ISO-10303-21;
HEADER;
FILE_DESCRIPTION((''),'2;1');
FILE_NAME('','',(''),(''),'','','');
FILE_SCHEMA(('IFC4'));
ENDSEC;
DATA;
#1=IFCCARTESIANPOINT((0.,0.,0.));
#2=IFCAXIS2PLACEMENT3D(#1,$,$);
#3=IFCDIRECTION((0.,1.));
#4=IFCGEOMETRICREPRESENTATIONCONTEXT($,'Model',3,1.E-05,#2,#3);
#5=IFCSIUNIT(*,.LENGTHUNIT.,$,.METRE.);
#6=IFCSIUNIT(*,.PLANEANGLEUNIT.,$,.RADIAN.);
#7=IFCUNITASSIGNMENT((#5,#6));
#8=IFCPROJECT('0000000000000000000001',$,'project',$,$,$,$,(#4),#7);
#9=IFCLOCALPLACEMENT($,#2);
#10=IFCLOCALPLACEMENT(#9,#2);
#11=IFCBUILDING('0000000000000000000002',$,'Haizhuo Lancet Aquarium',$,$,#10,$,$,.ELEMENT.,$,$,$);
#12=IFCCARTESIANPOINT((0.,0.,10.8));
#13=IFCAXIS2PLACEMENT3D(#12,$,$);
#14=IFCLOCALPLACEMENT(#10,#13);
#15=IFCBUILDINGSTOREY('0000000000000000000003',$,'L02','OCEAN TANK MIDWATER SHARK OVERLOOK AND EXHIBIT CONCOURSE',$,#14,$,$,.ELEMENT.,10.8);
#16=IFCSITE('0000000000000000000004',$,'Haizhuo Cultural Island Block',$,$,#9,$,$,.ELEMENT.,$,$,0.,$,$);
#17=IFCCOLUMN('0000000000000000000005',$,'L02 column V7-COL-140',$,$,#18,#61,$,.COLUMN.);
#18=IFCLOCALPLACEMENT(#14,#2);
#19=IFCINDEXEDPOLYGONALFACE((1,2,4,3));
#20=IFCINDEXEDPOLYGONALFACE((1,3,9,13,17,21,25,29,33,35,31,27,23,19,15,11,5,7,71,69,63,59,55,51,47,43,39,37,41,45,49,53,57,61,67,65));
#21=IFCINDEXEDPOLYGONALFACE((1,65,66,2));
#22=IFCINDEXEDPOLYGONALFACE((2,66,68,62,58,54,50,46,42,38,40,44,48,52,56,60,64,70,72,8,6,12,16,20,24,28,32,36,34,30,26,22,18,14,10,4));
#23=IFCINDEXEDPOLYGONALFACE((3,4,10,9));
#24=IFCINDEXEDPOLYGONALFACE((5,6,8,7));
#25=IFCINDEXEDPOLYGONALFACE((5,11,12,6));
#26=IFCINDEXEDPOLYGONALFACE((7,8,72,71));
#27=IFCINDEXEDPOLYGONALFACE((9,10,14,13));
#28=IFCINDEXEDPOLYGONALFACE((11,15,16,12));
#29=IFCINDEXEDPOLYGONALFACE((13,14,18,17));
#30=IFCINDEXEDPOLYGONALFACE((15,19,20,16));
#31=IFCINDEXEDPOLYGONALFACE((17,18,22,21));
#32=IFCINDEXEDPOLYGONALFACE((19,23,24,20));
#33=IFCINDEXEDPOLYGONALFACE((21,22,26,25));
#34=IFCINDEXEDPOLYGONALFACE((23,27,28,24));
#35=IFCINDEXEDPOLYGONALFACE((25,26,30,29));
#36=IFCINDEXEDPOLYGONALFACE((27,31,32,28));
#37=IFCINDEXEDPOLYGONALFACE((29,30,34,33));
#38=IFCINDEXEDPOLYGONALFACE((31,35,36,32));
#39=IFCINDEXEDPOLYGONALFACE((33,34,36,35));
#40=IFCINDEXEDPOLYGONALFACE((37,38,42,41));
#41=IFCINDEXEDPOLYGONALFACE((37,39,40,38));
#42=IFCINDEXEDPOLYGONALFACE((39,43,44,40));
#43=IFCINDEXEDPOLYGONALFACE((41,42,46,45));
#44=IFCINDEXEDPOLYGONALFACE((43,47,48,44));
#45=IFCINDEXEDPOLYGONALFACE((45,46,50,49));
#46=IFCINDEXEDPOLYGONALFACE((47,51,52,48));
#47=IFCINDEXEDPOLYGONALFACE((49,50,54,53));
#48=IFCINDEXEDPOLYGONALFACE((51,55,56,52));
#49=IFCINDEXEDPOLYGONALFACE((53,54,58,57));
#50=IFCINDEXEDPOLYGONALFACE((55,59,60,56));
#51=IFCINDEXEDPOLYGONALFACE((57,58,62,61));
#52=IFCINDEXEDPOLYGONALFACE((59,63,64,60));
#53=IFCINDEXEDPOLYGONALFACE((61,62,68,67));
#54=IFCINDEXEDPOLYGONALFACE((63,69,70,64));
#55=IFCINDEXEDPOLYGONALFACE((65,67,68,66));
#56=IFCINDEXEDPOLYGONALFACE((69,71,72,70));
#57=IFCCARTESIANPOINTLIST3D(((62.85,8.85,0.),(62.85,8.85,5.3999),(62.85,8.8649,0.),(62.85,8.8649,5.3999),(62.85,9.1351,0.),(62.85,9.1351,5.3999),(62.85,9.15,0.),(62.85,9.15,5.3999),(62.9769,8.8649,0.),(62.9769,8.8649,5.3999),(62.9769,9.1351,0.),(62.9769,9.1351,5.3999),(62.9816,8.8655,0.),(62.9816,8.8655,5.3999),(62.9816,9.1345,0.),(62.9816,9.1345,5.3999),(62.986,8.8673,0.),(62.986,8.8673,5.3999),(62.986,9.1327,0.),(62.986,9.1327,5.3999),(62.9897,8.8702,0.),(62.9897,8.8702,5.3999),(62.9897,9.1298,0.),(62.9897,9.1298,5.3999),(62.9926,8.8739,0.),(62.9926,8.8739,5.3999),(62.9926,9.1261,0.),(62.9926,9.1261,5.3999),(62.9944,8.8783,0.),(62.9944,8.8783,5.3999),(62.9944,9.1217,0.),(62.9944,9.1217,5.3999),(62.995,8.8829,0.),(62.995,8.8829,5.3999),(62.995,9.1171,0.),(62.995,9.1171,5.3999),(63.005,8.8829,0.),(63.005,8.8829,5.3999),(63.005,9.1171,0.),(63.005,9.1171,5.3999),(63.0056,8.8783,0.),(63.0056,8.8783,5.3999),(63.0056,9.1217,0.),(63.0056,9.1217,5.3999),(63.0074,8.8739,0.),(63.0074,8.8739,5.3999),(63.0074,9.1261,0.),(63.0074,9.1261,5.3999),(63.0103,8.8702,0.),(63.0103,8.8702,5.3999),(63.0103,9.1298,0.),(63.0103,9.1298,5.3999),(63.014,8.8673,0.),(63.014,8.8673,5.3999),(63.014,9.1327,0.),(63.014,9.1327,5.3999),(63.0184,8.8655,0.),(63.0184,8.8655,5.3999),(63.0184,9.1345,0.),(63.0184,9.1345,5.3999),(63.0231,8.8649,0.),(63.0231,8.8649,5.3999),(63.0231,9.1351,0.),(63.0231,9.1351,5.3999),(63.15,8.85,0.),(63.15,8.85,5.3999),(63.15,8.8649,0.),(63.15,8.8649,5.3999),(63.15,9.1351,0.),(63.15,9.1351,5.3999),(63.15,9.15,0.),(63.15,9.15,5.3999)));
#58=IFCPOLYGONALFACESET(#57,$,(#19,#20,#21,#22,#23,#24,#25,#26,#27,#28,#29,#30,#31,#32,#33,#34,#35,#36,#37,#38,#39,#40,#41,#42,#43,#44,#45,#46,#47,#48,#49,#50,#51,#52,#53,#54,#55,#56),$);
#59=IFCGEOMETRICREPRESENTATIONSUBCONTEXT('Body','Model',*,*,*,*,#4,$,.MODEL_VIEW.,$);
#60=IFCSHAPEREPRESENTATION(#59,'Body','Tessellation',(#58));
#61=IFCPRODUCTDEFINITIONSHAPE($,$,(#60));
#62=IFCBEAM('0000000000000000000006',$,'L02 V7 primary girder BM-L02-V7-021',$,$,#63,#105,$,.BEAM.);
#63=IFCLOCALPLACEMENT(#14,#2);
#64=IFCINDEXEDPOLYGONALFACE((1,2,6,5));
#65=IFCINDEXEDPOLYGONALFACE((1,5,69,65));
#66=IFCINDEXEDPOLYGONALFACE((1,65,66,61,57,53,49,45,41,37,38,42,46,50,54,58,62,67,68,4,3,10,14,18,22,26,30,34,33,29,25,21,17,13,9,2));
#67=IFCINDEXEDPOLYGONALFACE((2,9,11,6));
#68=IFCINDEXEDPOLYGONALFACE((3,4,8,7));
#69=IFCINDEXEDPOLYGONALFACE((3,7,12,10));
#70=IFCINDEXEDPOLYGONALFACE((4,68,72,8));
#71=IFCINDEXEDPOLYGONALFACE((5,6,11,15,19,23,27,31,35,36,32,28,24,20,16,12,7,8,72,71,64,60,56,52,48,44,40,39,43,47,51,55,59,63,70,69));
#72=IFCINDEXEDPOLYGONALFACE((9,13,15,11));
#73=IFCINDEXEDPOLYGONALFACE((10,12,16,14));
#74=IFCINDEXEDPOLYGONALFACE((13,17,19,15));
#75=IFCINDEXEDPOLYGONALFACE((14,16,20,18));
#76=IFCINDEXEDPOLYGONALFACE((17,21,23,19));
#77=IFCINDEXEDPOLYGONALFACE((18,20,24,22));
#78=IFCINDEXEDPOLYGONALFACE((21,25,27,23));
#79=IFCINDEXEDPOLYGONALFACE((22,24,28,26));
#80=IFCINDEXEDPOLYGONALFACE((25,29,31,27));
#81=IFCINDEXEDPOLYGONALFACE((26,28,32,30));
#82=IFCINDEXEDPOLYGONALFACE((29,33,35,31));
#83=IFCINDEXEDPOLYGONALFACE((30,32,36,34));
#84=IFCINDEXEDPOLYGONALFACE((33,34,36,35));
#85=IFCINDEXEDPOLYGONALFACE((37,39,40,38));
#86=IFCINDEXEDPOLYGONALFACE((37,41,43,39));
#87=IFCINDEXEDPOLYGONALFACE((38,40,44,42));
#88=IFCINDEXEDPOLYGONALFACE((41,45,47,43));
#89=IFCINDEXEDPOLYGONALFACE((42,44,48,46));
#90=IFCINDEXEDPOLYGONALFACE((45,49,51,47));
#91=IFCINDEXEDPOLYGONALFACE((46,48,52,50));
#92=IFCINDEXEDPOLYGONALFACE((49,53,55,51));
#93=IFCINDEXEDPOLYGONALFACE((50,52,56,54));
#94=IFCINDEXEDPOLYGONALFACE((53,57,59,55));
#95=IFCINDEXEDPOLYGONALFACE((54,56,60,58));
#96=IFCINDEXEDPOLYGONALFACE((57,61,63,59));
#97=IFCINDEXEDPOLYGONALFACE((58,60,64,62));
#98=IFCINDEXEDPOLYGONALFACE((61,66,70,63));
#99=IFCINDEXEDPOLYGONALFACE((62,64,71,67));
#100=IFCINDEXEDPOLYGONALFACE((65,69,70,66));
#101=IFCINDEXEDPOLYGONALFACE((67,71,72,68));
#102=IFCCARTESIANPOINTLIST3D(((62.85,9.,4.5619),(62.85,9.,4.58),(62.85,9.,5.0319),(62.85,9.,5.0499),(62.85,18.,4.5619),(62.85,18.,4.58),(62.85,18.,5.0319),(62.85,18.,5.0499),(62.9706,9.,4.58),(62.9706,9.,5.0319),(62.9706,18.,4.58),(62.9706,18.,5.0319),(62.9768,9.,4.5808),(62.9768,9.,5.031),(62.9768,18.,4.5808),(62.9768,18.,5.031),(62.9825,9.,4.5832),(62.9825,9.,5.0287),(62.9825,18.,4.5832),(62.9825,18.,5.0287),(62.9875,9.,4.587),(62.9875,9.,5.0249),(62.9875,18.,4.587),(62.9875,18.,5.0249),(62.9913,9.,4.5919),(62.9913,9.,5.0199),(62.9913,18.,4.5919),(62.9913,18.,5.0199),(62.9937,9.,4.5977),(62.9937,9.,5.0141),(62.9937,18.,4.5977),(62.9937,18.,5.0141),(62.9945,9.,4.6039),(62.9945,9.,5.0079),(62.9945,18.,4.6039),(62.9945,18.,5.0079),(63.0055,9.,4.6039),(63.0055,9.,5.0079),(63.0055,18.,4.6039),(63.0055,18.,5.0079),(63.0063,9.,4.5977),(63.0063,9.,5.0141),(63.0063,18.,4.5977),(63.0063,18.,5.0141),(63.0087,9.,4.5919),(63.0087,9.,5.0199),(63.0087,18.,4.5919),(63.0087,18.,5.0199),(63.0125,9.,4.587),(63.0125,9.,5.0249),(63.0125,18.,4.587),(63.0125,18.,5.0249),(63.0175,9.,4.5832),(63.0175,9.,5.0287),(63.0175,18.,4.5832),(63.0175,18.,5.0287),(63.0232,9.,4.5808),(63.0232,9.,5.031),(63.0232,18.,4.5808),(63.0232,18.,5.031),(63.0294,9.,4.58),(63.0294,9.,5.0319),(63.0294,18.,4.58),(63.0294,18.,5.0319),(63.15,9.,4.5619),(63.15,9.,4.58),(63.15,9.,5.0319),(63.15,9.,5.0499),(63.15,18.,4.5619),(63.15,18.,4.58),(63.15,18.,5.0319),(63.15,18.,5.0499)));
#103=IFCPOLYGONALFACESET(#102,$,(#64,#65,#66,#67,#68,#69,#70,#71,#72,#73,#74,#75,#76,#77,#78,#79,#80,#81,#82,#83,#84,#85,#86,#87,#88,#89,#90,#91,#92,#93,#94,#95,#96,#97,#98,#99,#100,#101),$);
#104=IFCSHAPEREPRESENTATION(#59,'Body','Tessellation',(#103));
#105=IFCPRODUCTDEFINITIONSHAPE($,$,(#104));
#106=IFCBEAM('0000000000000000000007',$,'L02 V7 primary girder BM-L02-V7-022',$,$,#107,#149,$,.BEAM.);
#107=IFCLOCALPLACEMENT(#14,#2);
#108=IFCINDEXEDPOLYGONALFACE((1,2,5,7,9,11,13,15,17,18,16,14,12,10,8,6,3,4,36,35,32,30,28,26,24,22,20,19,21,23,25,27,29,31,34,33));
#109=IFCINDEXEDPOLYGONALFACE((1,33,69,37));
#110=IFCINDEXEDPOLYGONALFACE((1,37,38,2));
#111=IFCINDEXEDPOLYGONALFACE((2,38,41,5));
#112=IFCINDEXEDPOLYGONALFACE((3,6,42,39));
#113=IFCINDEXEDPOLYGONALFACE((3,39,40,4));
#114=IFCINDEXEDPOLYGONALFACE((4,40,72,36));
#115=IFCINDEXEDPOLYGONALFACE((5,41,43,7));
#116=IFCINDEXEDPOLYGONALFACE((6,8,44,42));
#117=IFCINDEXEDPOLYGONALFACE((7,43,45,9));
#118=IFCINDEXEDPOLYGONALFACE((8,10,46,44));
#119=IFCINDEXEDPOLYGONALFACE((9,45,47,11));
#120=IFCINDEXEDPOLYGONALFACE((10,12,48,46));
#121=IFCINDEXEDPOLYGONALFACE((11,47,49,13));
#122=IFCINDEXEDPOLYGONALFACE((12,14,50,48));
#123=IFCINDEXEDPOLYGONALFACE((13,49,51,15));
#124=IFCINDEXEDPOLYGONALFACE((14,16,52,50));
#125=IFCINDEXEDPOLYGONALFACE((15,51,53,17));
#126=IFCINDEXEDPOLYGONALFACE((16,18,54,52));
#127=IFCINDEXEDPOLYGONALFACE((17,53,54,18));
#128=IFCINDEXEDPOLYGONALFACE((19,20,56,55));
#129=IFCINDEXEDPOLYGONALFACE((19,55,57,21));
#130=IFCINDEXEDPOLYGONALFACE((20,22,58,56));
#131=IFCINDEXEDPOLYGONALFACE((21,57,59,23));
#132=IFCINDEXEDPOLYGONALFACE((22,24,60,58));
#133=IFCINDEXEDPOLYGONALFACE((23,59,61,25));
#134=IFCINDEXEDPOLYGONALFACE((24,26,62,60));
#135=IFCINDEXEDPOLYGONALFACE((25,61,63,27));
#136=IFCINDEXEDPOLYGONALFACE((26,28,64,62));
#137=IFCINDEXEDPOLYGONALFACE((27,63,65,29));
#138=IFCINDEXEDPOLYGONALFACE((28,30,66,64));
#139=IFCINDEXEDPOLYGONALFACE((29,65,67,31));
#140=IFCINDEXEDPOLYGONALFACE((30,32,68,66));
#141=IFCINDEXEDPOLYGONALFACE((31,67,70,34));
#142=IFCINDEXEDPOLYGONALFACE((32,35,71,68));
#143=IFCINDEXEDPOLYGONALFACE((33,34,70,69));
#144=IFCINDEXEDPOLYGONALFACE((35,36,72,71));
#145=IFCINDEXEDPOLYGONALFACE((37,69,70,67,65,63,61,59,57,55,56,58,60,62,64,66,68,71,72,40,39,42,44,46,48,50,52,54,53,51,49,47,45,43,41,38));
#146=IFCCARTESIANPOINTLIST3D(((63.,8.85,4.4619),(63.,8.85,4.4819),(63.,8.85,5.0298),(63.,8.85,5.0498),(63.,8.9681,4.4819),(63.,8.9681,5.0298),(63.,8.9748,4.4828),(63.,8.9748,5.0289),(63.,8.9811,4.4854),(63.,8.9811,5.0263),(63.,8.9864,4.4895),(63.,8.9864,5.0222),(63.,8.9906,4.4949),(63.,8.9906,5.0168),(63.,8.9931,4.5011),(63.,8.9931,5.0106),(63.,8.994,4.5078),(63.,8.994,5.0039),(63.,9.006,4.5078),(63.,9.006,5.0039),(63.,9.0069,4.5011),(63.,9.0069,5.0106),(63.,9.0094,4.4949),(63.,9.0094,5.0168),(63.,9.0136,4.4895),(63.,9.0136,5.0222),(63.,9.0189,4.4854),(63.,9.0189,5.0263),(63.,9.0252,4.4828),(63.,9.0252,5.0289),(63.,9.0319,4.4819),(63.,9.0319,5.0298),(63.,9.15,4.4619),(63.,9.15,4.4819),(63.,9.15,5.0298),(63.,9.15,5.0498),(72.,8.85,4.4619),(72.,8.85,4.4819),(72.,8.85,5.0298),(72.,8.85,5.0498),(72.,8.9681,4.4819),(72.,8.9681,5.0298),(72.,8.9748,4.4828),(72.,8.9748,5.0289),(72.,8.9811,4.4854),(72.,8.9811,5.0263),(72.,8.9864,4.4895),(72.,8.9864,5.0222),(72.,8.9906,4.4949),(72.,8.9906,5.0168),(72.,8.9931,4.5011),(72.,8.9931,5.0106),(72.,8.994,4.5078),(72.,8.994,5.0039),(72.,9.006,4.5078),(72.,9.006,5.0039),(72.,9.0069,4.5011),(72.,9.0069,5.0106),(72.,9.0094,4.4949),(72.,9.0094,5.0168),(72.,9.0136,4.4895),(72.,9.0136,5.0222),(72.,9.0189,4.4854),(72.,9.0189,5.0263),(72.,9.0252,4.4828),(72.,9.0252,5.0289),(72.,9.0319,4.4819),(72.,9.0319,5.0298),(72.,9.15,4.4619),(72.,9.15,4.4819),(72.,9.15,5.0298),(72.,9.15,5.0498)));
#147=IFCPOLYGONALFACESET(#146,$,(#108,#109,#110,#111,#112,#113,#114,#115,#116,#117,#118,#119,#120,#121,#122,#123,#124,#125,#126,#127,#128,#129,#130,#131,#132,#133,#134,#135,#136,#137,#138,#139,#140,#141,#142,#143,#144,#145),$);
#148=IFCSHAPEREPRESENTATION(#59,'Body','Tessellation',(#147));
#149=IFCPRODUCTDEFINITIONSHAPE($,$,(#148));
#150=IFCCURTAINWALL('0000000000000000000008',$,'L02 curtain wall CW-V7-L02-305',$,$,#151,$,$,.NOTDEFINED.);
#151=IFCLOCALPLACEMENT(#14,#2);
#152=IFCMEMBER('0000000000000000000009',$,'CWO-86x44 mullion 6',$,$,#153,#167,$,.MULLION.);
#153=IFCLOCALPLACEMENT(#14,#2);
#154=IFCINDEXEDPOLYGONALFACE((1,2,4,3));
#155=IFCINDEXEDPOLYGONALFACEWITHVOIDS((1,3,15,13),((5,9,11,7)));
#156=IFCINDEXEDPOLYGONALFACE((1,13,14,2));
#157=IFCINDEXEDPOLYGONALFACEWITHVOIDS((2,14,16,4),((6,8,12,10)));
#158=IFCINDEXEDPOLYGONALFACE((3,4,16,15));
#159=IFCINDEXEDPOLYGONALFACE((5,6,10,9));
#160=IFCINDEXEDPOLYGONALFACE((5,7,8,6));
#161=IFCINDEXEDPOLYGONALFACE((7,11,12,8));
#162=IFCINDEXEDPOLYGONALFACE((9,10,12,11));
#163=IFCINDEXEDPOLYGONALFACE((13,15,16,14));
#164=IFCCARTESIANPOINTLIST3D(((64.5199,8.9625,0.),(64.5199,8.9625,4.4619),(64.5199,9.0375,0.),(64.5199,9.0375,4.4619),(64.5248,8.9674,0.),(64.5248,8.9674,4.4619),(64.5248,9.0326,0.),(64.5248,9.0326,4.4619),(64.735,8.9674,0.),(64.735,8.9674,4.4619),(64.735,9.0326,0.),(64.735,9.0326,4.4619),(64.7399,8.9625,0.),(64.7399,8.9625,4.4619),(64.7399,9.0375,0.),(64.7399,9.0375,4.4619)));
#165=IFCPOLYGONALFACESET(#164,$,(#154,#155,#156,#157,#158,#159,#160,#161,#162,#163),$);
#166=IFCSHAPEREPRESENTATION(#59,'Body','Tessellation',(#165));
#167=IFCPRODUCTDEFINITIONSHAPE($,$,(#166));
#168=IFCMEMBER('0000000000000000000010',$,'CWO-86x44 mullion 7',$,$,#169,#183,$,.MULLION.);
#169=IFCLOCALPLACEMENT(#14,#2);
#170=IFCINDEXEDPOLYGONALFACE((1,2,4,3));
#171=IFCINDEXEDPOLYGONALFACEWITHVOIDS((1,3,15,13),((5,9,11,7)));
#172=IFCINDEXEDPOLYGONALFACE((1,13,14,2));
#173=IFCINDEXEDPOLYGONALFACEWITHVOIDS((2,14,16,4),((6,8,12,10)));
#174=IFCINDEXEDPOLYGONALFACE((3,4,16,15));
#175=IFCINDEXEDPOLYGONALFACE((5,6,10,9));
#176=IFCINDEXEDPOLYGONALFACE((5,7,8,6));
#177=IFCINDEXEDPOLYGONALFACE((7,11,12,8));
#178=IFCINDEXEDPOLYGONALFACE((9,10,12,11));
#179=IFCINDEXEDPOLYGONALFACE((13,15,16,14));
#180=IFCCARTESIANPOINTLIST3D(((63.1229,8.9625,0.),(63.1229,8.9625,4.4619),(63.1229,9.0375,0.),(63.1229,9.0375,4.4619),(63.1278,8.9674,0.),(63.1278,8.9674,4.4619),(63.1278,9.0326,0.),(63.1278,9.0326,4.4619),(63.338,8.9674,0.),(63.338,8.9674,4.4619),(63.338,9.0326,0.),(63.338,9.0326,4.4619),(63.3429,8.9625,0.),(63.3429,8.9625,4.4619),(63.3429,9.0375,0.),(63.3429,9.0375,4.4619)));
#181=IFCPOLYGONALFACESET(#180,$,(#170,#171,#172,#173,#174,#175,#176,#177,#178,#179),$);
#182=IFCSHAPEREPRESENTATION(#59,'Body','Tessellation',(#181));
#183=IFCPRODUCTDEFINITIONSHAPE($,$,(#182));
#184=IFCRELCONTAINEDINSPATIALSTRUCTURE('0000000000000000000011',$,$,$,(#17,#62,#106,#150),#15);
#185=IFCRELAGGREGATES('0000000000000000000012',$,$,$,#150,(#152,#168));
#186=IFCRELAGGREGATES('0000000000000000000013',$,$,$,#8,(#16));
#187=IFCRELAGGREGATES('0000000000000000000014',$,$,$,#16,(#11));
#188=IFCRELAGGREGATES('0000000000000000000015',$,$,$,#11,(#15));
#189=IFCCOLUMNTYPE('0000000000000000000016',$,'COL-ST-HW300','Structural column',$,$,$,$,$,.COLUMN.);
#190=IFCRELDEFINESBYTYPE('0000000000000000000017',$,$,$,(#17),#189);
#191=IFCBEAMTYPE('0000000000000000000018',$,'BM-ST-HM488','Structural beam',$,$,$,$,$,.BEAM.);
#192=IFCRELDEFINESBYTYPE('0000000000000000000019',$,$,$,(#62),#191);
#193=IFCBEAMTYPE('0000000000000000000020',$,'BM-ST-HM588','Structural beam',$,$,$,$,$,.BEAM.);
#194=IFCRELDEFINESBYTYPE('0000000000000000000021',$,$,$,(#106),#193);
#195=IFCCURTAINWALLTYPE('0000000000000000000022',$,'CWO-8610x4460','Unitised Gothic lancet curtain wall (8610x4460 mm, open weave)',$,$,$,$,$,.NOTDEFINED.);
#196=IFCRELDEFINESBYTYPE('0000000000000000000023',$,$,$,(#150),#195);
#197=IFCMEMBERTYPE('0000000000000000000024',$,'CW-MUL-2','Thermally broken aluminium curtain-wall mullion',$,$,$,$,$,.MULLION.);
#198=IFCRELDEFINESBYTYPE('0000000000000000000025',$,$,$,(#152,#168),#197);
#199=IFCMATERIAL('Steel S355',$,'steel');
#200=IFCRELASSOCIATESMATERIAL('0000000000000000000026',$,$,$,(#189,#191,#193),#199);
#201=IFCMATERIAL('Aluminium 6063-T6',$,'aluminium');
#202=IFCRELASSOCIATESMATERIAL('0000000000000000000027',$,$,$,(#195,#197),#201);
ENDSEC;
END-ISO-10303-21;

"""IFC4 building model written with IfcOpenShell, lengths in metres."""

from ifc_helpers import new_model, si_unit, direction, frame, origin, origin_2d, place, context, subcontext, project, spatial, hollow_rectangle, i_section, extrude, material, material_profile, profile_set, type_object, element, aggregate, save


model = new_model("IFC4")

# Units and contexts
model_context = context("Model", 3, precision=1e-05, world=origin(), true_north=direction((0.0, 1.0)))
body_context = subcontext(model_context, "Body", "Model", "MODEL_VIEW")
ifc_project = project(units=[si_unit("LENGTHUNIT", "METRE"), si_unit("PLANEANGLEUNIT", "RADIAN")], contexts=[model_context])

# Site, building, storey
site_placement = place(None, origin())
site = spatial("IfcSite", under=ifc_project, at=site_placement, Name="Haizhuo Cultural Island Block", CompositionType="ELEMENT", RefElevation=0.0)
building_placement = place(site_placement, origin())
building = spatial("IfcBuilding", under=site, at=building_placement, Name="Haizhuo Lancet Aquarium", CompositionType="ELEMENT")
storey_placement = place(building_placement, frame((0.0, 0.0, 10.8)))
storey = spatial("IfcBuildingStorey", under=building, at=storey_placement, Name="L02", Description="OCEAN TANK MIDWATER SHARK OVERLOOK AND EXHIBIT CONCOURSE", CompositionType="ELEMENT", Elevation=10.8)

# Column
ifc_material_1 = material(Name="Steel S355", Category="steel")
ifc_material_profile_1 = material_profile(ifc_material_1, i_section(OverallWidth=0.3, OverallDepth=0.3, WebThickness=0.01, FlangeThickness=0.0149, FilletRadius=0.0181, at=origin_2d()), Name="HW 300x300x10x15")
ifc_profile_set_1 = profile_set([ifc_material_profile_1], Name="Steel S355")
column_type = type_object("IfcColumnType", Name="COL-ST-HW300", Description="Structural column", PredefinedType="COLUMN", material=ifc_profile_set_1)
column_placement = place(storey_placement, frame((63.0, 9.0, 0.0), z_axis=(0.0, 0.0, 1.0), x_axis=(1.0, 0.0, 0.0)))
element("IfcColumn", 1, at=column_placement, inside=storey, type_object=column_type, Name="L02 column V7-COL-140", PredefinedType="COLUMN", context=body_context, shape_type="SweptSolid", body=[
    extrude(i_section(OverallWidth=0.3, OverallDepth=0.3, WebThickness=0.01, FlangeThickness=0.0149, FilletRadius=0.0181, at=origin_2d()), origin(), (0.0, 0.0, 1.0), 5.3999),
])

# Beams
ifc_material_profile_2 = material_profile(ifc_material_1, i_section(OverallWidth=0.3, OverallDepth=0.488, WebThickness=0.011, FlangeThickness=0.0181, FilletRadius=0.0239, at=origin_2d()), Name="HM 488x300x11x18")
ifc_profile_set_2 = profile_set([ifc_material_profile_2], Name="Steel S355")
beam_type_1 = type_object("IfcBeamType", Name="BM-ST-HM488", Description="Structural beam", PredefinedType="BEAM", material=ifc_profile_set_2)
beam_1_placement = place(storey_placement, frame((63.0, 9.0, 4.8059), z_axis=(0.0, 1.0, 0.0), x_axis=(-1.0, 0.0, 0.0)))
element("IfcBeam", 2, at=beam_1_placement, inside=storey, type_object=beam_type_1, Name="L02 V7 primary girder BM-L02-V7-021", PredefinedType="BEAM", context=body_context, shape_type="SweptSolid", body=[
    extrude(i_section(OverallWidth=0.3, OverallDepth=0.488, WebThickness=0.011, FlangeThickness=0.0181, FilletRadius=0.0239, at=origin_2d()), origin(), (0.0, 0.0, 1.0), 9.0),
])
ifc_material_profile_3 = material_profile(ifc_material_1, i_section(OverallWidth=0.3, OverallDepth=0.5879, WebThickness=0.012, FlangeThickness=0.02, FilletRadius=0.0259, at=origin_2d()), Name="HM 588x300x12x20")
ifc_profile_set_3 = profile_set([ifc_material_profile_3], Name="Steel S355")
beam_type_2 = type_object("IfcBeamType", Name="BM-ST-HM588", Description="Structural beam", PredefinedType="BEAM", material=ifc_profile_set_3)
beam_2_placement = place(storey_placement, frame((63.0, 9.0, 4.7559), z_axis=(1.0, 0.0, 0.0), x_axis=(0.0, 1.0, 0.0)))
element("IfcBeam", 3, at=beam_2_placement, inside=storey, type_object=beam_type_2, Name="L02 V7 primary girder BM-L02-V7-022", PredefinedType="BEAM", context=body_context, shape_type="SweptSolid", body=[
    extrude(i_section(OverallWidth=0.3, OverallDepth=0.5879, WebThickness=0.012, FlangeThickness=0.02, FilletRadius=0.0259, at=origin_2d()), origin(), (0.0, 0.0, 1.0), 9.0),
])

# Curtain wall, members
ifc_material_2 = material(Name="Aluminium 6063-T6", Category="aluminium")
curtain_wall_type = type_object("IfcCurtainWallType", Name="CWO-8610x4460", Description="Unitised Gothic lancet curtain wall (8610x4460 mm, open weave)", PredefinedType="NOTDEFINED", material=ifc_material_2)
curtain_wall_1_placement = place(storey_placement, origin())
curtain_wall_1 = element("IfcCurtainWall", 4, at=curtain_wall_1_placement, inside=storey, type_object=curtain_wall_type, Name="L02 curtain wall CW-V7-L02-305", PredefinedType="NOTDEFINED")
ifc_material_profile_4 = material_profile(ifc_material_2, hollow_rectangle(XDim=0.075, YDim=0.22, WallThickness=0.0049, at=origin_2d()), Name="ALU-M 75x220x5")
ifc_profile_set_4 = profile_set([ifc_material_profile_4], Name="Aluminium 6063-T6")
member_type_1 = type_object("IfcMemberType", Name="CW-MUL-2", Description="Thermally broken aluminium curtain-wall mullion", PredefinedType="MULLION", material=ifc_profile_set_4)
member_1_placement = place(storey_placement, frame((64.6299, 9.0, 0.0), z_axis=(0.0, 0.0, 1.0), x_axis=(0.0, -1.0, 0.0)))
member_1 = element("IfcMember", 5, at=member_1_placement, type_object=member_type_1, Name="CWO-86x44 mullion 6", PredefinedType="MULLION", context=body_context, shape_type="SweptSolid", body=[
    extrude(hollow_rectangle(XDim=0.075, YDim=0.22, WallThickness=0.0049, at=origin_2d()), origin(), (0.0, 0.0, 1.0), 4.4619),
])
member_2_placement = place(storey_placement, frame((63.2329, 9.0, 0.0), z_axis=(0.0, 0.0, 1.0), x_axis=(0.0, -1.0, 0.0)))
member_2 = element("IfcMember", 6, at=member_2_placement, type_object=member_type_1, Name="CWO-86x44 mullion 7", PredefinedType="MULLION", context=body_context, shape_type="SweptSolid", body=[
    extrude(hollow_rectangle(XDim=0.075, YDim=0.22, WallThickness=0.0049, at=origin_2d()), origin(), (0.0, 0.0, 1.0), 4.4619),
])

aggregate(curtain_wall_1, [member_1, member_2])

save(model, "model.ifc")
